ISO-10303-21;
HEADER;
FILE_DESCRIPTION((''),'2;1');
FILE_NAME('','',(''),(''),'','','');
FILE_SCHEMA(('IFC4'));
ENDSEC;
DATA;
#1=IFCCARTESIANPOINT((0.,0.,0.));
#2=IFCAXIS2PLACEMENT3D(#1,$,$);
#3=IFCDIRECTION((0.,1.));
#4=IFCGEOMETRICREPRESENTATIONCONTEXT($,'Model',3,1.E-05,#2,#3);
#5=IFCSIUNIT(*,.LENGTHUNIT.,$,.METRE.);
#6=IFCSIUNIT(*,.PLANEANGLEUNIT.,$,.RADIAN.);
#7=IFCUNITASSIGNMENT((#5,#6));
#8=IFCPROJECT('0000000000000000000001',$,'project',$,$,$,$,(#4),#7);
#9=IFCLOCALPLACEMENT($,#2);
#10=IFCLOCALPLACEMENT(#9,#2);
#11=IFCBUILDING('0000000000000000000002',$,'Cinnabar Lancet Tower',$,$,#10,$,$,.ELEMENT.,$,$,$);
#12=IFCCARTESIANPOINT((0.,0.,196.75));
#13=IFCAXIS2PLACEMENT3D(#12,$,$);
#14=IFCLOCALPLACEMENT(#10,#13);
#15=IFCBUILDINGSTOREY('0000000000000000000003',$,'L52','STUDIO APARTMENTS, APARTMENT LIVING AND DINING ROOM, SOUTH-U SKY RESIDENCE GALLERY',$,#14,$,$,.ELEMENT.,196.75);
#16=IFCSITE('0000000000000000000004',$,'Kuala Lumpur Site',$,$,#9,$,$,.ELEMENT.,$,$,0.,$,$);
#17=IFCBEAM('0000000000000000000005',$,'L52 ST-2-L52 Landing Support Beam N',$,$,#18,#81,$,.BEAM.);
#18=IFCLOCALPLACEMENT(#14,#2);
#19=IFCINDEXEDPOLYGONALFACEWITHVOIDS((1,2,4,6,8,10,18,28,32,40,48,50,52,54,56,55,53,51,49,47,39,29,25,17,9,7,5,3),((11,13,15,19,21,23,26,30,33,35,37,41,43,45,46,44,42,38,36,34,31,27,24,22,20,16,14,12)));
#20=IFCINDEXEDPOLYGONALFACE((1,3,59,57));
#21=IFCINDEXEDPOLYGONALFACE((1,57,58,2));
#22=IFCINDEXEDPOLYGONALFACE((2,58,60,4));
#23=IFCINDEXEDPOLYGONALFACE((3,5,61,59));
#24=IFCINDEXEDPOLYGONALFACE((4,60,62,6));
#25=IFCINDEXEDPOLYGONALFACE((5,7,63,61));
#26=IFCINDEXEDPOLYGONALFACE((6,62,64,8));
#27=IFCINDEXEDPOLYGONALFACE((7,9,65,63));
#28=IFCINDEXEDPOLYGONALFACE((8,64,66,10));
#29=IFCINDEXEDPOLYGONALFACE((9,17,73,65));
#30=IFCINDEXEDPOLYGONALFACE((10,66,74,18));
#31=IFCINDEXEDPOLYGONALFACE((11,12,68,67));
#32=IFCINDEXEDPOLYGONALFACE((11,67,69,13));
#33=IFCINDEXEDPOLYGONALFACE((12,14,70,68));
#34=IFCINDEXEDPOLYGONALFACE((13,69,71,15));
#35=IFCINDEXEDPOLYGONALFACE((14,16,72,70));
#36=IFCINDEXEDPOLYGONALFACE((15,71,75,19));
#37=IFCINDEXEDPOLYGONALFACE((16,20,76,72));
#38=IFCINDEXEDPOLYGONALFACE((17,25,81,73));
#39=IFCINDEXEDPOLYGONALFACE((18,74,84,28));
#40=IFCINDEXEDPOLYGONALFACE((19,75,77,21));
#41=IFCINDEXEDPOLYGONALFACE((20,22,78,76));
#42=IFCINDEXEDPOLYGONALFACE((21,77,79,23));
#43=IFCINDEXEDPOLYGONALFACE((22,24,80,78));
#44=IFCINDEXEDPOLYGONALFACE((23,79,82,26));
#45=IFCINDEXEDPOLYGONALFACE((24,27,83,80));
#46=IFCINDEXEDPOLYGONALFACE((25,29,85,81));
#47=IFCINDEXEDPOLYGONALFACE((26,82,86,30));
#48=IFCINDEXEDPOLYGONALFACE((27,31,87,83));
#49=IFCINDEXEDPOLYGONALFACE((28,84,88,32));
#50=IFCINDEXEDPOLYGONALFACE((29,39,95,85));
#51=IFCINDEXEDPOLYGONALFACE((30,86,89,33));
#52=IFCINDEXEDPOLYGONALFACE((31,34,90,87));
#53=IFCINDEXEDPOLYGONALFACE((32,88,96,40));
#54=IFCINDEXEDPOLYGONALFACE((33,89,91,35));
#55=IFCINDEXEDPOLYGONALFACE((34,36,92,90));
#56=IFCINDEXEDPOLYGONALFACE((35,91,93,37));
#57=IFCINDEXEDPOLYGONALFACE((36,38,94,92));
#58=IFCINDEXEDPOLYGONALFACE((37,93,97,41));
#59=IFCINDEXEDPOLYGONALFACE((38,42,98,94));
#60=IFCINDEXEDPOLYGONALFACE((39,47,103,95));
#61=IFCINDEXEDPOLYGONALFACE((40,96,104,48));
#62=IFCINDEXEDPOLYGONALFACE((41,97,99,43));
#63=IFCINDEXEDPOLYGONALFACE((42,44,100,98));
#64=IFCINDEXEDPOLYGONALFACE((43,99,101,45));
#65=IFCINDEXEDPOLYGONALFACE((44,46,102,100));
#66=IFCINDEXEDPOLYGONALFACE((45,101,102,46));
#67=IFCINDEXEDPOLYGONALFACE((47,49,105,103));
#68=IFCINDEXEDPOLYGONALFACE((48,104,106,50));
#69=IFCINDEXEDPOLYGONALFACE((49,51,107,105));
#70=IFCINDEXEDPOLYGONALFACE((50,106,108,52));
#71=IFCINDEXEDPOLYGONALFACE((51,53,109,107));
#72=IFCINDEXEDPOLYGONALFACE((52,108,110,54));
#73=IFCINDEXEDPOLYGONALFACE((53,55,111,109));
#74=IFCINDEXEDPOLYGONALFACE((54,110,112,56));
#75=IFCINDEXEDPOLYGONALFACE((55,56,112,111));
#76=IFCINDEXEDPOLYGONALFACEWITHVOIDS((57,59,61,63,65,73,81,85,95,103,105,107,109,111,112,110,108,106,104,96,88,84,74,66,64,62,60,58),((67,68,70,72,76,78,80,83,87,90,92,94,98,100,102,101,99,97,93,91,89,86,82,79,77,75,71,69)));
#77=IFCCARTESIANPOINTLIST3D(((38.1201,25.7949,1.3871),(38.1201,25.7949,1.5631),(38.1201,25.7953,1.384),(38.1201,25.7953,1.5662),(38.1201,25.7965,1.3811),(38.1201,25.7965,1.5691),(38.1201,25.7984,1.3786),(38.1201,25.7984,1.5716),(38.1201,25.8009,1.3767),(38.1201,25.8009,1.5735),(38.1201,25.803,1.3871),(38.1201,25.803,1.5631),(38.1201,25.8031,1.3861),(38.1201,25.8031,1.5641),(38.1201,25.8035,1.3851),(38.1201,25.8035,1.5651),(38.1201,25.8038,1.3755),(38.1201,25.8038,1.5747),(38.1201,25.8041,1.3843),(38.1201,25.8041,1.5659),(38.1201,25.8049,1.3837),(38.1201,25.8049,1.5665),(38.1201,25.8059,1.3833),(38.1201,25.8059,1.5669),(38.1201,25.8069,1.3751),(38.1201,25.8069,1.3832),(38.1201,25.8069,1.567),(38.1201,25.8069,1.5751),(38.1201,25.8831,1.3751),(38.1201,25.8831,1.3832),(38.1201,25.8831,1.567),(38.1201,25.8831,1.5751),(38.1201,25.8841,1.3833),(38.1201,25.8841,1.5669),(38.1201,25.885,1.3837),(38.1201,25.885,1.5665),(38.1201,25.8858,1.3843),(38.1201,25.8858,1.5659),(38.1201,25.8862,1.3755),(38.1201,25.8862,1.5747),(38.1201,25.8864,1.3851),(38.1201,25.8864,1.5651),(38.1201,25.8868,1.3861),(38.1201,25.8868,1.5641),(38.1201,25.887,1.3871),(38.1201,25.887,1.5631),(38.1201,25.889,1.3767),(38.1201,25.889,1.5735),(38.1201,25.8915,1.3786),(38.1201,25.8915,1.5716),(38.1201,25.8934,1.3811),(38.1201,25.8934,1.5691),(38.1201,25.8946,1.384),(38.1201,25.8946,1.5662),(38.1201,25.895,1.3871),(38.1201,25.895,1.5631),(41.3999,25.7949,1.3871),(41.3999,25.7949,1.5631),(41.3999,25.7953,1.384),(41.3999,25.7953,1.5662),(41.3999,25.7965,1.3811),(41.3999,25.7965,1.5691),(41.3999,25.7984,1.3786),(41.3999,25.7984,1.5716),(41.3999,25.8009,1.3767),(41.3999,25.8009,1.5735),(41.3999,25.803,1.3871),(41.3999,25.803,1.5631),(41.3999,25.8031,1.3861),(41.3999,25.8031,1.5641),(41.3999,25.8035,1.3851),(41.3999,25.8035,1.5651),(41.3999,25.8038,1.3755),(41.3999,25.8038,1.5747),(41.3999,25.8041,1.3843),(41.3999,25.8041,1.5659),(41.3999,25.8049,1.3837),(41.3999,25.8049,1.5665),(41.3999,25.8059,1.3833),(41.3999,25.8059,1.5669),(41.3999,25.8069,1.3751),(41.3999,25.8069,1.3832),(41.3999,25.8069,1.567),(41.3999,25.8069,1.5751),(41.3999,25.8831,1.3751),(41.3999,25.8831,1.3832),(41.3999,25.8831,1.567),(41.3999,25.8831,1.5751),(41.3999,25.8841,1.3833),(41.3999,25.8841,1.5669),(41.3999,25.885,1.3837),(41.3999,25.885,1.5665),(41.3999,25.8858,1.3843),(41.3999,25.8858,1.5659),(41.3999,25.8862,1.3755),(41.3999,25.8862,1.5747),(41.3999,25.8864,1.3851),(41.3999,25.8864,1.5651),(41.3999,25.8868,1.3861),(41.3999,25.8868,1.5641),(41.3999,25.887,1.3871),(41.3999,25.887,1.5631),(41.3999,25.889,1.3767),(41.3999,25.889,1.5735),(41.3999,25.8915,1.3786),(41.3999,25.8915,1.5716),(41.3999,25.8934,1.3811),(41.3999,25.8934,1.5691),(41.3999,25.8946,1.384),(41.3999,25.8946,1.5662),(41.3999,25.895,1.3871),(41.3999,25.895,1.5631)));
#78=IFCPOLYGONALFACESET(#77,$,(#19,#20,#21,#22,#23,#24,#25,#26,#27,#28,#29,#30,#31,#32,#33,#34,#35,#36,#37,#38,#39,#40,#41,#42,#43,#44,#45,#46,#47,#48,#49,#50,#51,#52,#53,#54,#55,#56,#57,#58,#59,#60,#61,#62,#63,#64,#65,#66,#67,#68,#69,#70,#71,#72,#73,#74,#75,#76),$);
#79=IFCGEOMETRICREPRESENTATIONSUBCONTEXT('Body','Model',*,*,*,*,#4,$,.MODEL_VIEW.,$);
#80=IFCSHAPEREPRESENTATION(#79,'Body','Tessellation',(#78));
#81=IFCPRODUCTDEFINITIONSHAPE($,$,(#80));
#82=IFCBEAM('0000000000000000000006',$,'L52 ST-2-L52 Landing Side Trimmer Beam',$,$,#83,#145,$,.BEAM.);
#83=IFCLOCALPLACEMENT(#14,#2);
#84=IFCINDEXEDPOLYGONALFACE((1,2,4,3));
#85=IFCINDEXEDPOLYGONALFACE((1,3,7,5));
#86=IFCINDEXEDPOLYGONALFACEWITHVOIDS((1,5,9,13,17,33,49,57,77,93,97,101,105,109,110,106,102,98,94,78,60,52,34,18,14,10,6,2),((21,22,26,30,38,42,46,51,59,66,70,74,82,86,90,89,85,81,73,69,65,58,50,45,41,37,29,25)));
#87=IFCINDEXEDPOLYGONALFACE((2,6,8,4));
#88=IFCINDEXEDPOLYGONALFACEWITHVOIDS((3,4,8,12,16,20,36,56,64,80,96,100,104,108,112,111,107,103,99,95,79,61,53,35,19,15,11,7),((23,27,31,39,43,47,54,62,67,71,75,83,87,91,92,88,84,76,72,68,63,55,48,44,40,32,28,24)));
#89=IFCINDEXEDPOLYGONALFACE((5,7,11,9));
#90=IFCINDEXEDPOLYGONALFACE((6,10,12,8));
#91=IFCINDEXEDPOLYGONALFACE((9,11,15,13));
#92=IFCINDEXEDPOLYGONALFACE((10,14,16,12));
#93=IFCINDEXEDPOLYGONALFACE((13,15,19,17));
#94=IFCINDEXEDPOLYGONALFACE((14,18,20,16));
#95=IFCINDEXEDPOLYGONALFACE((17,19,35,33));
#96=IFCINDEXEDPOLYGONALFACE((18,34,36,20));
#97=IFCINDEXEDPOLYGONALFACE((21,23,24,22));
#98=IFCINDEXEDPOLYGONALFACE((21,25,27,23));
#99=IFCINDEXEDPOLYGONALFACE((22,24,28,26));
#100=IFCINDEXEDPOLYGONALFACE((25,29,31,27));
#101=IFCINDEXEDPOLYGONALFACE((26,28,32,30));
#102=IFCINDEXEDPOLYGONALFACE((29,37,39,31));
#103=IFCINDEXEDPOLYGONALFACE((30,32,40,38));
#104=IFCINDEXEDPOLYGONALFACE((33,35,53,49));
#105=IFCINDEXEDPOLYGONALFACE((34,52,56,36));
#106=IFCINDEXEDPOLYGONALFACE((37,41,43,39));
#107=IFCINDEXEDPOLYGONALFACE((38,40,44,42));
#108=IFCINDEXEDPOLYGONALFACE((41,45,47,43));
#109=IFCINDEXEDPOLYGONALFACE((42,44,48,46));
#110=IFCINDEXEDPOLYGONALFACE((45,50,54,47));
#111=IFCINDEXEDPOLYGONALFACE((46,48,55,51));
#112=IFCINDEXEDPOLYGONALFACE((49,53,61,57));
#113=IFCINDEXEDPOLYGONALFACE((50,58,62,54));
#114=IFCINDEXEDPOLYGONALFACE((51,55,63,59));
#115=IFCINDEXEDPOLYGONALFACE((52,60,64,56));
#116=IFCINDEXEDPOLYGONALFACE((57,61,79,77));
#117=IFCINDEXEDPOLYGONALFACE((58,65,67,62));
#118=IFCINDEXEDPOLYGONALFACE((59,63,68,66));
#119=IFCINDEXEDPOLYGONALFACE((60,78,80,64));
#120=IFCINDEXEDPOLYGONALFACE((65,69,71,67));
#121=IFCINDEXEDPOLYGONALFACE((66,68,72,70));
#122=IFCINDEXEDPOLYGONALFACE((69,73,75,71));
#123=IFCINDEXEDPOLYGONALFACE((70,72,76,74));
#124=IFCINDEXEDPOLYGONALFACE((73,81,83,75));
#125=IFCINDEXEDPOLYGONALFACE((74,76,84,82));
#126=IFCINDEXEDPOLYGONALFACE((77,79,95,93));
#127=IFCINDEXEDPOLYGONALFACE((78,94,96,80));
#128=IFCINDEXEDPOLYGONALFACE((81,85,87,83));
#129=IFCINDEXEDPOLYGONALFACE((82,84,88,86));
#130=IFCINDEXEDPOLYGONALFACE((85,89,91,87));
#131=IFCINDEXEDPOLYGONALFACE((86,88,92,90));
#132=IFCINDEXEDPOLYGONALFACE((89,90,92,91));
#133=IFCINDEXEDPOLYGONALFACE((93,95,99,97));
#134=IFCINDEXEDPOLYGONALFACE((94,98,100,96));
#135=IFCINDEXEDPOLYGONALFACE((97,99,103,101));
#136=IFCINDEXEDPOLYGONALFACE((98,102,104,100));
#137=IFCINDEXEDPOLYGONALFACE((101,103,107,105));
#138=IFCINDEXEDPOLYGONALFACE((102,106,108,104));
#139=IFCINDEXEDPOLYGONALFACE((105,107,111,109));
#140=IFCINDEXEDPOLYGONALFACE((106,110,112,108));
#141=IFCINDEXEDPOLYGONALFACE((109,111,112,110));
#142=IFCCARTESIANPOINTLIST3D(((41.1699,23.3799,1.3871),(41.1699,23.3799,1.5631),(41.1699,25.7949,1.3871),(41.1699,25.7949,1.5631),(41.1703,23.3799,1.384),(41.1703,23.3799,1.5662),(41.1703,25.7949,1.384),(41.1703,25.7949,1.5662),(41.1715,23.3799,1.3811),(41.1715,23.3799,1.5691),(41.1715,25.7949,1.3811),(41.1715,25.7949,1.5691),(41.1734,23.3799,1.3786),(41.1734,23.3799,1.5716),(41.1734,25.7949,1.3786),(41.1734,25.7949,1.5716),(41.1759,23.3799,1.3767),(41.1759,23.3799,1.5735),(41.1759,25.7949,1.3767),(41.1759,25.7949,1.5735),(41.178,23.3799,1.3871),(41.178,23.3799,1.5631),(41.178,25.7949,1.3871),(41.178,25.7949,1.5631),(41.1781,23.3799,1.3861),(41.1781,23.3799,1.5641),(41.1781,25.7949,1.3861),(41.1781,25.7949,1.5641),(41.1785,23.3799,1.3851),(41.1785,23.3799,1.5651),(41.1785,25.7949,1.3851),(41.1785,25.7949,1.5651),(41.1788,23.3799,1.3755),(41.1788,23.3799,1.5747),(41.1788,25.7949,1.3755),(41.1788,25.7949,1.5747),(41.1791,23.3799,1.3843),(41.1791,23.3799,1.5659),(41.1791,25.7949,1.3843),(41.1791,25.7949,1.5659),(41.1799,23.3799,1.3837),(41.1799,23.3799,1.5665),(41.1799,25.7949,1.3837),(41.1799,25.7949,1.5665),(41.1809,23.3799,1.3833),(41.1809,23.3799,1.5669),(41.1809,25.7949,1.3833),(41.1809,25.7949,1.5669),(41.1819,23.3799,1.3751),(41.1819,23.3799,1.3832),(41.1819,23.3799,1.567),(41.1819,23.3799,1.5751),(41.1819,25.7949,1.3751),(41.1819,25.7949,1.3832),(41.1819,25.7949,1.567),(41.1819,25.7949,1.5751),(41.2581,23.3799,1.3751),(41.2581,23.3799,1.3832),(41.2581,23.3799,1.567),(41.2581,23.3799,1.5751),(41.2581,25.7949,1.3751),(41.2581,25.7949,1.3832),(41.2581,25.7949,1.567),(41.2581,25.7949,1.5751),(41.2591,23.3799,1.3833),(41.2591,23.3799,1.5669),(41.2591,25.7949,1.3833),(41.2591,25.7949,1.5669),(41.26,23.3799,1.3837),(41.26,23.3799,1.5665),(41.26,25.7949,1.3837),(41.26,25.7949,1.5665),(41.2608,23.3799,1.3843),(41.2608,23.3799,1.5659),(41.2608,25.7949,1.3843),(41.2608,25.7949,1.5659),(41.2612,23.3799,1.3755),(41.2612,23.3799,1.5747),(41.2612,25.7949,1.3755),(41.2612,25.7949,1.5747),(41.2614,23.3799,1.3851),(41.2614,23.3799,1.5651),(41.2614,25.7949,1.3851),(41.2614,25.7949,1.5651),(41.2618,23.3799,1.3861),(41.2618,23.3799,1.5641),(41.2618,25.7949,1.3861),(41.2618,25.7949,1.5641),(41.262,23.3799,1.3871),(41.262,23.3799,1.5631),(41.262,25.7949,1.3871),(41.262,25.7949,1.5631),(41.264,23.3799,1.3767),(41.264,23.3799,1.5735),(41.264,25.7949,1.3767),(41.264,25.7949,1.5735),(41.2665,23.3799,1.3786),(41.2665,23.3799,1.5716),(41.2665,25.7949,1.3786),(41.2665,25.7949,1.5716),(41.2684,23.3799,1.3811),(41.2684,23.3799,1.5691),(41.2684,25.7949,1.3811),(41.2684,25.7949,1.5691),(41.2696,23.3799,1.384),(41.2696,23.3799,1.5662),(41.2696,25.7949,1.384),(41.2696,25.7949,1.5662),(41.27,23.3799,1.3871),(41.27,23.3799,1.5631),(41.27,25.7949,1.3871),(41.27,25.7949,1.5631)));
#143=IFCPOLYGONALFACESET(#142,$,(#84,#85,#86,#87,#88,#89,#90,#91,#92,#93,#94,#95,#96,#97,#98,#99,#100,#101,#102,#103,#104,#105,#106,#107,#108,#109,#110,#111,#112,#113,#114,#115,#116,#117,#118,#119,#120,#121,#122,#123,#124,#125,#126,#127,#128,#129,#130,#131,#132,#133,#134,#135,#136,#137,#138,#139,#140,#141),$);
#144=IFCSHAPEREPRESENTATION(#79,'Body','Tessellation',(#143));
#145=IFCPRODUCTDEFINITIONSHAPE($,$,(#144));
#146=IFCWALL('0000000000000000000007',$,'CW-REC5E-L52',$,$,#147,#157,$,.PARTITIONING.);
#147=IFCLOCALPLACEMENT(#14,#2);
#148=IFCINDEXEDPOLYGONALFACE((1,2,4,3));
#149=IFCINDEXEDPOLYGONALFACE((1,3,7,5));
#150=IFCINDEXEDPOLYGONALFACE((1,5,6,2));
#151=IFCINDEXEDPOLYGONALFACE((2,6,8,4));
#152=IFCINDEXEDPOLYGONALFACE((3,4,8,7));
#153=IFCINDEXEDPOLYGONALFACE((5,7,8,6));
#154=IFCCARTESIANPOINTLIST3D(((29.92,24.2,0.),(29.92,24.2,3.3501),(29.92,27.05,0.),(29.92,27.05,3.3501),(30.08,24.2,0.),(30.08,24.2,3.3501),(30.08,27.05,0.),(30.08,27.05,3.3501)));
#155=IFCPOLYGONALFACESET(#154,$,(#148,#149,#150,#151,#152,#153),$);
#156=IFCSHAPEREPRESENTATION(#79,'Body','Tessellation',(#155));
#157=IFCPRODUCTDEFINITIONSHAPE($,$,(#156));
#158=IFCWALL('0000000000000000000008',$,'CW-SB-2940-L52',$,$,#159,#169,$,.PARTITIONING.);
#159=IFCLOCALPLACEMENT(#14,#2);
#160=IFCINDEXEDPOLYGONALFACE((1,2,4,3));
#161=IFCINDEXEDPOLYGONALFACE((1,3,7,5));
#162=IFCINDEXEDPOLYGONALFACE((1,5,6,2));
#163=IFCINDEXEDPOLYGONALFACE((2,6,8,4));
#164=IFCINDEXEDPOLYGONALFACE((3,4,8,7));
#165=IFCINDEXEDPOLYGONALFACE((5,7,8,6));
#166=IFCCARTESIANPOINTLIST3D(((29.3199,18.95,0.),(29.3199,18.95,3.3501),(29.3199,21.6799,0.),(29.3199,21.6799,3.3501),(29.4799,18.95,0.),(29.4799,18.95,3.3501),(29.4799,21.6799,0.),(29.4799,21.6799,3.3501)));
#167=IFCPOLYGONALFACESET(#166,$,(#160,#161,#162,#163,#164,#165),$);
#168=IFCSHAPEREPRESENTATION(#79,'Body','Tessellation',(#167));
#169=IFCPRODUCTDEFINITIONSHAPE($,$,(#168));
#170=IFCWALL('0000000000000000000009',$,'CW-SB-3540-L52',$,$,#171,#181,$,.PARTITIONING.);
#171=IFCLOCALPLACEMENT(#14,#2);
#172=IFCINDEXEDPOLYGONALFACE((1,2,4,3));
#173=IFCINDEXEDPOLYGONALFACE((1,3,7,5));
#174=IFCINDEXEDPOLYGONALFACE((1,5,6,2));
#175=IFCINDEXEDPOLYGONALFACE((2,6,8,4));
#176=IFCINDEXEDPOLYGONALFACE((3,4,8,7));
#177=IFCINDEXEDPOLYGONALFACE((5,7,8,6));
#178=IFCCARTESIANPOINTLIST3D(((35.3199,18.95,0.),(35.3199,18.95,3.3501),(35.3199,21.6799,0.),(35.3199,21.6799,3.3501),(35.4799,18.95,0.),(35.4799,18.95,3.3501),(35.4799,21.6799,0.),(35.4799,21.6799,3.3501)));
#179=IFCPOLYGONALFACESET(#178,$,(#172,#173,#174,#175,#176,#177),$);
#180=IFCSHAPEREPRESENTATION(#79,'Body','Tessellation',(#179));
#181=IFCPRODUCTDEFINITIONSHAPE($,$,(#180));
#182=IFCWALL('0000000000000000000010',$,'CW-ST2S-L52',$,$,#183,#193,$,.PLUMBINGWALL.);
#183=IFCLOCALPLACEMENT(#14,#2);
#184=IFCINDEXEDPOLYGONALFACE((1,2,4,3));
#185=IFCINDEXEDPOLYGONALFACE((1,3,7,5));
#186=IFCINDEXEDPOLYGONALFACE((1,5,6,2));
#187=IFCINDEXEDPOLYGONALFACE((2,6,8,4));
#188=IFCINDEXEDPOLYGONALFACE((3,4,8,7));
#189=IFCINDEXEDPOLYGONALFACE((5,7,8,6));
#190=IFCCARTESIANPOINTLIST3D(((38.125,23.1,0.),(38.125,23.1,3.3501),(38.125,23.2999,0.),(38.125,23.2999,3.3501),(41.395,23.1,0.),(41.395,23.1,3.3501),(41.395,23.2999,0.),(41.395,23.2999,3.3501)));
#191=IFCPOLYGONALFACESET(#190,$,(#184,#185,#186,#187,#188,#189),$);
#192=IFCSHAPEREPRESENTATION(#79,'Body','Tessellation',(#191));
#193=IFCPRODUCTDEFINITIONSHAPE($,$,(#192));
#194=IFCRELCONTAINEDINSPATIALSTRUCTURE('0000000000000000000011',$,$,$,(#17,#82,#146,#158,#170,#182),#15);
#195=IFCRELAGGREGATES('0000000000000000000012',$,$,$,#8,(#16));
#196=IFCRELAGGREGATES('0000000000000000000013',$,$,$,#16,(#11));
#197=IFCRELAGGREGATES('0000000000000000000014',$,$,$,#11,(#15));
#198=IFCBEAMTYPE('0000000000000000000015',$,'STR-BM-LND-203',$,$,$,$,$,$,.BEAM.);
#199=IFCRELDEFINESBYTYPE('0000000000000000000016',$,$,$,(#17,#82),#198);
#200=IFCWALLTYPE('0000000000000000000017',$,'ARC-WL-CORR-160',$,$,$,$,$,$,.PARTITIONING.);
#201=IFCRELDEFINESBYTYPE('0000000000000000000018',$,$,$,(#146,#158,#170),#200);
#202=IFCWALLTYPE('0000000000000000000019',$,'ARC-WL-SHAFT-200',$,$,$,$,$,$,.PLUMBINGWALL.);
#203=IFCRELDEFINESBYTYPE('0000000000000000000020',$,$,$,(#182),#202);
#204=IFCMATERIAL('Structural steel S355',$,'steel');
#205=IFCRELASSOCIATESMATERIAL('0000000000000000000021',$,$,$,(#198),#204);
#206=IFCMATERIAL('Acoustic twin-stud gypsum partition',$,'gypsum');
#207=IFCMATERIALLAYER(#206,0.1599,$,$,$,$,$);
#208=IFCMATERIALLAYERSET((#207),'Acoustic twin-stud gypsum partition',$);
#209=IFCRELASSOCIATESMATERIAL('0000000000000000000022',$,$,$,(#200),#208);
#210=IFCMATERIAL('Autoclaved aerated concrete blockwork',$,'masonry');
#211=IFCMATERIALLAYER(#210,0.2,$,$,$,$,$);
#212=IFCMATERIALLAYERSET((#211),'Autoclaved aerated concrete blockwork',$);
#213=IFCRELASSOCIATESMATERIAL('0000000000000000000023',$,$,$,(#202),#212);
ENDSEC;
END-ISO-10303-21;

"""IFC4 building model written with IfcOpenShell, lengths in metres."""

from ifc_helpers import new_model, si_unit, direction, frame, frame_2d, origin, origin_2d, place, context, subcontext, project, spatial, rectangle, hollow_rectangle, extrude, material, layer, layer_set, material_profile, profile_set, type_object, element, save


model = new_model("IFC4")

# Units and contexts
model_context = context("Model", 3, precision=1e-05, world=origin(), true_north=direction((0.0, 1.0)))
body_context = subcontext(model_context, "Body", "Model", "MODEL_VIEW")
ifc_project = project(units=[si_unit("LENGTHUNIT", "METRE"), si_unit("PLANEANGLEUNIT", "RADIAN")], contexts=[model_context])

# Site, building, storey
site_placement = place(None, origin())
site = spatial("IfcSite", under=ifc_project, at=site_placement, Name="Kuala Lumpur Site", CompositionType="ELEMENT", RefElevation=0.0)
building_placement = place(site_placement, origin())
building = spatial("IfcBuilding", under=site, at=building_placement, Name="Cinnabar Lancet Tower", CompositionType="ELEMENT")
storey_placement = place(building_placement, frame((0.0, 0.0, 196.75)))
storey = spatial("IfcBuildingStorey", under=building, at=storey_placement, Name="L52", Description="STUDIO APARTMENTS, APARTMENT LIVING AND DINING ROOM, SOUTH-U SKY RESIDENCE GALLERY", CompositionType="ELEMENT", Elevation=196.75)

# Beams
ifc_material_1 = material(Name="Structural steel S355", Category="steel")
ifc_material_profile_1 = material_profile(ifc_material_1, hollow_rectangle(XDim=0.1001, YDim=0.2, WallThickness=0.0081, InnerFilletRadius=0.0039, OuterFilletRadius=0.012, at=origin_2d()), Name="RHS 200x100x8")
ifc_profile_set_1 = profile_set([ifc_material_profile_1], Name="Structural steel S355")
beam_type_1 = type_object("IfcBeamType", Name="STR-BM-LND-203", PredefinedType="BEAM", material=ifc_profile_set_1)
for number, where, z_axis, x_axis, name in (
    (1, (38.1201, 25.845, 1.4751), (1.0, 0.0, 0.0), (0.0, 1.0, 0.0), "L52 ST-2-L52 Landing Support Beam N"),
):
    element("IfcBeam", number, at=place(storey_placement, frame(where, z_axis=z_axis, x_axis=x_axis)), inside=storey, type_object=beam_type_1, Name=name, PredefinedType="BEAM", context=body_context, shape_type="SweptSolid", body=[
        extrude(hollow_rectangle(XDim=0.1001, YDim=0.2, WallThickness=0.0081, InnerFilletRadius=0.0039, OuterFilletRadius=0.012, at=origin_2d()), origin(), (0.0, 0.0, 1.0), 3.2798),
    ])
beam_1_placement = place(storey_placement, frame((41.22, 23.3799, 1.4751), z_axis=(0.0, 1.0, 0.0), x_axis=(-1.0, 0.0, 0.0)))
element("IfcBeam", 2, at=beam_1_placement, inside=storey, type_object=beam_type_1, Name="L52 ST-2-L52 Landing Side Trimmer Beam", PredefinedType="BEAM", context=body_context, shape_type="SweptSolid", body=[
    extrude(hollow_rectangle(XDim=0.1001, YDim=0.2, WallThickness=0.0081, InnerFilletRadius=0.0039, OuterFilletRadius=0.012, at=origin_2d()), origin(), (0.0, 0.0, 1.0), 2.415),
])

# Walls
ifc_material_2 = material(Name="Acoustic twin-stud gypsum partition", Category="gypsum")
ifc_layer_1 = layer(ifc_material_2, 0.1599)
ifc_layer_set_1 = layer_set([ifc_layer_1], Name="Acoustic twin-stud gypsum partition")
wall_type_1 = type_object("IfcWallType", Name="ARC-WL-CORR-160", PredefinedType="PARTITIONING", material=ifc_layer_set_1)
wall_1_placement = place(storey_placement, frame((30.0, 24.2, 0.0), z_axis=(0.0, 0.0, 1.0), x_axis=(0.0, 1.0, 0.0)))
element("IfcWall", 3, at=wall_1_placement, inside=storey, type_object=wall_type_1, Name="CW-REC5E-L52", PredefinedType="PARTITIONING", context=body_context, shape_type="SweptSolid", body=[
    extrude(rectangle(XDim=2.8501, YDim=0.1599, at=frame_2d((1.425, 0.0))), origin(), (0.0, 0.0, 1.0), 3.3501),
])
for number, where, z_axis, x_axis, name in (
    (4, (29.3999, 18.95, 0.0), (0.0, 0.0, 1.0), (0.0, 1.0, 0.0), "CW-SB-2940-L52"),
    (5, (35.3999, 18.95, 0.0), (0.0, 0.0, 1.0), (0.0, 1.0, 0.0), "CW-SB-3540-L52"),
):
    element("IfcWall", number, at=place(storey_placement, frame(where, z_axis=z_axis, x_axis=x_axis)), inside=storey, type_object=wall_type_1, Name=name, PredefinedType="PARTITIONING", context=body_context, shape_type="SweptSolid", body=[
        extrude(rectangle(XDim=2.73, YDim=0.1599, at=frame_2d((1.365, 0.0))), origin(), (0.0, 0.0, 1.0), 3.3501),
    ])
ifc_material_3 = material(Name="Autoclaved aerated concrete blockwork", Category="masonry")
ifc_layer_2 = layer(ifc_material_3, 0.2)
ifc_layer_set_2 = layer_set([ifc_layer_2], Name="Autoclaved aerated concrete blockwork")
wall_type_2 = type_object("IfcWallType", Name="ARC-WL-SHAFT-200", PredefinedType="PLUMBINGWALL", material=ifc_layer_set_2)
wall_2_placement = place(storey_placement, frame((38.125, 23.2, 0.0), z_axis=(0.0, 0.0, 1.0), x_axis=(1.0, 0.0, 0.0)))
element("IfcWall", 6, at=wall_2_placement, inside=storey, type_object=wall_type_2, Name="CW-ST2S-L52", PredefinedType="PLUMBINGWALL", context=body_context, shape_type="SweptSolid", body=[
    extrude(rectangle(XDim=3.27, YDim=0.2, at=frame_2d((1.635, 0.0))), origin(), (0.0, 0.0, 1.0), 3.3501),
])

save(model, "model.ifc")
